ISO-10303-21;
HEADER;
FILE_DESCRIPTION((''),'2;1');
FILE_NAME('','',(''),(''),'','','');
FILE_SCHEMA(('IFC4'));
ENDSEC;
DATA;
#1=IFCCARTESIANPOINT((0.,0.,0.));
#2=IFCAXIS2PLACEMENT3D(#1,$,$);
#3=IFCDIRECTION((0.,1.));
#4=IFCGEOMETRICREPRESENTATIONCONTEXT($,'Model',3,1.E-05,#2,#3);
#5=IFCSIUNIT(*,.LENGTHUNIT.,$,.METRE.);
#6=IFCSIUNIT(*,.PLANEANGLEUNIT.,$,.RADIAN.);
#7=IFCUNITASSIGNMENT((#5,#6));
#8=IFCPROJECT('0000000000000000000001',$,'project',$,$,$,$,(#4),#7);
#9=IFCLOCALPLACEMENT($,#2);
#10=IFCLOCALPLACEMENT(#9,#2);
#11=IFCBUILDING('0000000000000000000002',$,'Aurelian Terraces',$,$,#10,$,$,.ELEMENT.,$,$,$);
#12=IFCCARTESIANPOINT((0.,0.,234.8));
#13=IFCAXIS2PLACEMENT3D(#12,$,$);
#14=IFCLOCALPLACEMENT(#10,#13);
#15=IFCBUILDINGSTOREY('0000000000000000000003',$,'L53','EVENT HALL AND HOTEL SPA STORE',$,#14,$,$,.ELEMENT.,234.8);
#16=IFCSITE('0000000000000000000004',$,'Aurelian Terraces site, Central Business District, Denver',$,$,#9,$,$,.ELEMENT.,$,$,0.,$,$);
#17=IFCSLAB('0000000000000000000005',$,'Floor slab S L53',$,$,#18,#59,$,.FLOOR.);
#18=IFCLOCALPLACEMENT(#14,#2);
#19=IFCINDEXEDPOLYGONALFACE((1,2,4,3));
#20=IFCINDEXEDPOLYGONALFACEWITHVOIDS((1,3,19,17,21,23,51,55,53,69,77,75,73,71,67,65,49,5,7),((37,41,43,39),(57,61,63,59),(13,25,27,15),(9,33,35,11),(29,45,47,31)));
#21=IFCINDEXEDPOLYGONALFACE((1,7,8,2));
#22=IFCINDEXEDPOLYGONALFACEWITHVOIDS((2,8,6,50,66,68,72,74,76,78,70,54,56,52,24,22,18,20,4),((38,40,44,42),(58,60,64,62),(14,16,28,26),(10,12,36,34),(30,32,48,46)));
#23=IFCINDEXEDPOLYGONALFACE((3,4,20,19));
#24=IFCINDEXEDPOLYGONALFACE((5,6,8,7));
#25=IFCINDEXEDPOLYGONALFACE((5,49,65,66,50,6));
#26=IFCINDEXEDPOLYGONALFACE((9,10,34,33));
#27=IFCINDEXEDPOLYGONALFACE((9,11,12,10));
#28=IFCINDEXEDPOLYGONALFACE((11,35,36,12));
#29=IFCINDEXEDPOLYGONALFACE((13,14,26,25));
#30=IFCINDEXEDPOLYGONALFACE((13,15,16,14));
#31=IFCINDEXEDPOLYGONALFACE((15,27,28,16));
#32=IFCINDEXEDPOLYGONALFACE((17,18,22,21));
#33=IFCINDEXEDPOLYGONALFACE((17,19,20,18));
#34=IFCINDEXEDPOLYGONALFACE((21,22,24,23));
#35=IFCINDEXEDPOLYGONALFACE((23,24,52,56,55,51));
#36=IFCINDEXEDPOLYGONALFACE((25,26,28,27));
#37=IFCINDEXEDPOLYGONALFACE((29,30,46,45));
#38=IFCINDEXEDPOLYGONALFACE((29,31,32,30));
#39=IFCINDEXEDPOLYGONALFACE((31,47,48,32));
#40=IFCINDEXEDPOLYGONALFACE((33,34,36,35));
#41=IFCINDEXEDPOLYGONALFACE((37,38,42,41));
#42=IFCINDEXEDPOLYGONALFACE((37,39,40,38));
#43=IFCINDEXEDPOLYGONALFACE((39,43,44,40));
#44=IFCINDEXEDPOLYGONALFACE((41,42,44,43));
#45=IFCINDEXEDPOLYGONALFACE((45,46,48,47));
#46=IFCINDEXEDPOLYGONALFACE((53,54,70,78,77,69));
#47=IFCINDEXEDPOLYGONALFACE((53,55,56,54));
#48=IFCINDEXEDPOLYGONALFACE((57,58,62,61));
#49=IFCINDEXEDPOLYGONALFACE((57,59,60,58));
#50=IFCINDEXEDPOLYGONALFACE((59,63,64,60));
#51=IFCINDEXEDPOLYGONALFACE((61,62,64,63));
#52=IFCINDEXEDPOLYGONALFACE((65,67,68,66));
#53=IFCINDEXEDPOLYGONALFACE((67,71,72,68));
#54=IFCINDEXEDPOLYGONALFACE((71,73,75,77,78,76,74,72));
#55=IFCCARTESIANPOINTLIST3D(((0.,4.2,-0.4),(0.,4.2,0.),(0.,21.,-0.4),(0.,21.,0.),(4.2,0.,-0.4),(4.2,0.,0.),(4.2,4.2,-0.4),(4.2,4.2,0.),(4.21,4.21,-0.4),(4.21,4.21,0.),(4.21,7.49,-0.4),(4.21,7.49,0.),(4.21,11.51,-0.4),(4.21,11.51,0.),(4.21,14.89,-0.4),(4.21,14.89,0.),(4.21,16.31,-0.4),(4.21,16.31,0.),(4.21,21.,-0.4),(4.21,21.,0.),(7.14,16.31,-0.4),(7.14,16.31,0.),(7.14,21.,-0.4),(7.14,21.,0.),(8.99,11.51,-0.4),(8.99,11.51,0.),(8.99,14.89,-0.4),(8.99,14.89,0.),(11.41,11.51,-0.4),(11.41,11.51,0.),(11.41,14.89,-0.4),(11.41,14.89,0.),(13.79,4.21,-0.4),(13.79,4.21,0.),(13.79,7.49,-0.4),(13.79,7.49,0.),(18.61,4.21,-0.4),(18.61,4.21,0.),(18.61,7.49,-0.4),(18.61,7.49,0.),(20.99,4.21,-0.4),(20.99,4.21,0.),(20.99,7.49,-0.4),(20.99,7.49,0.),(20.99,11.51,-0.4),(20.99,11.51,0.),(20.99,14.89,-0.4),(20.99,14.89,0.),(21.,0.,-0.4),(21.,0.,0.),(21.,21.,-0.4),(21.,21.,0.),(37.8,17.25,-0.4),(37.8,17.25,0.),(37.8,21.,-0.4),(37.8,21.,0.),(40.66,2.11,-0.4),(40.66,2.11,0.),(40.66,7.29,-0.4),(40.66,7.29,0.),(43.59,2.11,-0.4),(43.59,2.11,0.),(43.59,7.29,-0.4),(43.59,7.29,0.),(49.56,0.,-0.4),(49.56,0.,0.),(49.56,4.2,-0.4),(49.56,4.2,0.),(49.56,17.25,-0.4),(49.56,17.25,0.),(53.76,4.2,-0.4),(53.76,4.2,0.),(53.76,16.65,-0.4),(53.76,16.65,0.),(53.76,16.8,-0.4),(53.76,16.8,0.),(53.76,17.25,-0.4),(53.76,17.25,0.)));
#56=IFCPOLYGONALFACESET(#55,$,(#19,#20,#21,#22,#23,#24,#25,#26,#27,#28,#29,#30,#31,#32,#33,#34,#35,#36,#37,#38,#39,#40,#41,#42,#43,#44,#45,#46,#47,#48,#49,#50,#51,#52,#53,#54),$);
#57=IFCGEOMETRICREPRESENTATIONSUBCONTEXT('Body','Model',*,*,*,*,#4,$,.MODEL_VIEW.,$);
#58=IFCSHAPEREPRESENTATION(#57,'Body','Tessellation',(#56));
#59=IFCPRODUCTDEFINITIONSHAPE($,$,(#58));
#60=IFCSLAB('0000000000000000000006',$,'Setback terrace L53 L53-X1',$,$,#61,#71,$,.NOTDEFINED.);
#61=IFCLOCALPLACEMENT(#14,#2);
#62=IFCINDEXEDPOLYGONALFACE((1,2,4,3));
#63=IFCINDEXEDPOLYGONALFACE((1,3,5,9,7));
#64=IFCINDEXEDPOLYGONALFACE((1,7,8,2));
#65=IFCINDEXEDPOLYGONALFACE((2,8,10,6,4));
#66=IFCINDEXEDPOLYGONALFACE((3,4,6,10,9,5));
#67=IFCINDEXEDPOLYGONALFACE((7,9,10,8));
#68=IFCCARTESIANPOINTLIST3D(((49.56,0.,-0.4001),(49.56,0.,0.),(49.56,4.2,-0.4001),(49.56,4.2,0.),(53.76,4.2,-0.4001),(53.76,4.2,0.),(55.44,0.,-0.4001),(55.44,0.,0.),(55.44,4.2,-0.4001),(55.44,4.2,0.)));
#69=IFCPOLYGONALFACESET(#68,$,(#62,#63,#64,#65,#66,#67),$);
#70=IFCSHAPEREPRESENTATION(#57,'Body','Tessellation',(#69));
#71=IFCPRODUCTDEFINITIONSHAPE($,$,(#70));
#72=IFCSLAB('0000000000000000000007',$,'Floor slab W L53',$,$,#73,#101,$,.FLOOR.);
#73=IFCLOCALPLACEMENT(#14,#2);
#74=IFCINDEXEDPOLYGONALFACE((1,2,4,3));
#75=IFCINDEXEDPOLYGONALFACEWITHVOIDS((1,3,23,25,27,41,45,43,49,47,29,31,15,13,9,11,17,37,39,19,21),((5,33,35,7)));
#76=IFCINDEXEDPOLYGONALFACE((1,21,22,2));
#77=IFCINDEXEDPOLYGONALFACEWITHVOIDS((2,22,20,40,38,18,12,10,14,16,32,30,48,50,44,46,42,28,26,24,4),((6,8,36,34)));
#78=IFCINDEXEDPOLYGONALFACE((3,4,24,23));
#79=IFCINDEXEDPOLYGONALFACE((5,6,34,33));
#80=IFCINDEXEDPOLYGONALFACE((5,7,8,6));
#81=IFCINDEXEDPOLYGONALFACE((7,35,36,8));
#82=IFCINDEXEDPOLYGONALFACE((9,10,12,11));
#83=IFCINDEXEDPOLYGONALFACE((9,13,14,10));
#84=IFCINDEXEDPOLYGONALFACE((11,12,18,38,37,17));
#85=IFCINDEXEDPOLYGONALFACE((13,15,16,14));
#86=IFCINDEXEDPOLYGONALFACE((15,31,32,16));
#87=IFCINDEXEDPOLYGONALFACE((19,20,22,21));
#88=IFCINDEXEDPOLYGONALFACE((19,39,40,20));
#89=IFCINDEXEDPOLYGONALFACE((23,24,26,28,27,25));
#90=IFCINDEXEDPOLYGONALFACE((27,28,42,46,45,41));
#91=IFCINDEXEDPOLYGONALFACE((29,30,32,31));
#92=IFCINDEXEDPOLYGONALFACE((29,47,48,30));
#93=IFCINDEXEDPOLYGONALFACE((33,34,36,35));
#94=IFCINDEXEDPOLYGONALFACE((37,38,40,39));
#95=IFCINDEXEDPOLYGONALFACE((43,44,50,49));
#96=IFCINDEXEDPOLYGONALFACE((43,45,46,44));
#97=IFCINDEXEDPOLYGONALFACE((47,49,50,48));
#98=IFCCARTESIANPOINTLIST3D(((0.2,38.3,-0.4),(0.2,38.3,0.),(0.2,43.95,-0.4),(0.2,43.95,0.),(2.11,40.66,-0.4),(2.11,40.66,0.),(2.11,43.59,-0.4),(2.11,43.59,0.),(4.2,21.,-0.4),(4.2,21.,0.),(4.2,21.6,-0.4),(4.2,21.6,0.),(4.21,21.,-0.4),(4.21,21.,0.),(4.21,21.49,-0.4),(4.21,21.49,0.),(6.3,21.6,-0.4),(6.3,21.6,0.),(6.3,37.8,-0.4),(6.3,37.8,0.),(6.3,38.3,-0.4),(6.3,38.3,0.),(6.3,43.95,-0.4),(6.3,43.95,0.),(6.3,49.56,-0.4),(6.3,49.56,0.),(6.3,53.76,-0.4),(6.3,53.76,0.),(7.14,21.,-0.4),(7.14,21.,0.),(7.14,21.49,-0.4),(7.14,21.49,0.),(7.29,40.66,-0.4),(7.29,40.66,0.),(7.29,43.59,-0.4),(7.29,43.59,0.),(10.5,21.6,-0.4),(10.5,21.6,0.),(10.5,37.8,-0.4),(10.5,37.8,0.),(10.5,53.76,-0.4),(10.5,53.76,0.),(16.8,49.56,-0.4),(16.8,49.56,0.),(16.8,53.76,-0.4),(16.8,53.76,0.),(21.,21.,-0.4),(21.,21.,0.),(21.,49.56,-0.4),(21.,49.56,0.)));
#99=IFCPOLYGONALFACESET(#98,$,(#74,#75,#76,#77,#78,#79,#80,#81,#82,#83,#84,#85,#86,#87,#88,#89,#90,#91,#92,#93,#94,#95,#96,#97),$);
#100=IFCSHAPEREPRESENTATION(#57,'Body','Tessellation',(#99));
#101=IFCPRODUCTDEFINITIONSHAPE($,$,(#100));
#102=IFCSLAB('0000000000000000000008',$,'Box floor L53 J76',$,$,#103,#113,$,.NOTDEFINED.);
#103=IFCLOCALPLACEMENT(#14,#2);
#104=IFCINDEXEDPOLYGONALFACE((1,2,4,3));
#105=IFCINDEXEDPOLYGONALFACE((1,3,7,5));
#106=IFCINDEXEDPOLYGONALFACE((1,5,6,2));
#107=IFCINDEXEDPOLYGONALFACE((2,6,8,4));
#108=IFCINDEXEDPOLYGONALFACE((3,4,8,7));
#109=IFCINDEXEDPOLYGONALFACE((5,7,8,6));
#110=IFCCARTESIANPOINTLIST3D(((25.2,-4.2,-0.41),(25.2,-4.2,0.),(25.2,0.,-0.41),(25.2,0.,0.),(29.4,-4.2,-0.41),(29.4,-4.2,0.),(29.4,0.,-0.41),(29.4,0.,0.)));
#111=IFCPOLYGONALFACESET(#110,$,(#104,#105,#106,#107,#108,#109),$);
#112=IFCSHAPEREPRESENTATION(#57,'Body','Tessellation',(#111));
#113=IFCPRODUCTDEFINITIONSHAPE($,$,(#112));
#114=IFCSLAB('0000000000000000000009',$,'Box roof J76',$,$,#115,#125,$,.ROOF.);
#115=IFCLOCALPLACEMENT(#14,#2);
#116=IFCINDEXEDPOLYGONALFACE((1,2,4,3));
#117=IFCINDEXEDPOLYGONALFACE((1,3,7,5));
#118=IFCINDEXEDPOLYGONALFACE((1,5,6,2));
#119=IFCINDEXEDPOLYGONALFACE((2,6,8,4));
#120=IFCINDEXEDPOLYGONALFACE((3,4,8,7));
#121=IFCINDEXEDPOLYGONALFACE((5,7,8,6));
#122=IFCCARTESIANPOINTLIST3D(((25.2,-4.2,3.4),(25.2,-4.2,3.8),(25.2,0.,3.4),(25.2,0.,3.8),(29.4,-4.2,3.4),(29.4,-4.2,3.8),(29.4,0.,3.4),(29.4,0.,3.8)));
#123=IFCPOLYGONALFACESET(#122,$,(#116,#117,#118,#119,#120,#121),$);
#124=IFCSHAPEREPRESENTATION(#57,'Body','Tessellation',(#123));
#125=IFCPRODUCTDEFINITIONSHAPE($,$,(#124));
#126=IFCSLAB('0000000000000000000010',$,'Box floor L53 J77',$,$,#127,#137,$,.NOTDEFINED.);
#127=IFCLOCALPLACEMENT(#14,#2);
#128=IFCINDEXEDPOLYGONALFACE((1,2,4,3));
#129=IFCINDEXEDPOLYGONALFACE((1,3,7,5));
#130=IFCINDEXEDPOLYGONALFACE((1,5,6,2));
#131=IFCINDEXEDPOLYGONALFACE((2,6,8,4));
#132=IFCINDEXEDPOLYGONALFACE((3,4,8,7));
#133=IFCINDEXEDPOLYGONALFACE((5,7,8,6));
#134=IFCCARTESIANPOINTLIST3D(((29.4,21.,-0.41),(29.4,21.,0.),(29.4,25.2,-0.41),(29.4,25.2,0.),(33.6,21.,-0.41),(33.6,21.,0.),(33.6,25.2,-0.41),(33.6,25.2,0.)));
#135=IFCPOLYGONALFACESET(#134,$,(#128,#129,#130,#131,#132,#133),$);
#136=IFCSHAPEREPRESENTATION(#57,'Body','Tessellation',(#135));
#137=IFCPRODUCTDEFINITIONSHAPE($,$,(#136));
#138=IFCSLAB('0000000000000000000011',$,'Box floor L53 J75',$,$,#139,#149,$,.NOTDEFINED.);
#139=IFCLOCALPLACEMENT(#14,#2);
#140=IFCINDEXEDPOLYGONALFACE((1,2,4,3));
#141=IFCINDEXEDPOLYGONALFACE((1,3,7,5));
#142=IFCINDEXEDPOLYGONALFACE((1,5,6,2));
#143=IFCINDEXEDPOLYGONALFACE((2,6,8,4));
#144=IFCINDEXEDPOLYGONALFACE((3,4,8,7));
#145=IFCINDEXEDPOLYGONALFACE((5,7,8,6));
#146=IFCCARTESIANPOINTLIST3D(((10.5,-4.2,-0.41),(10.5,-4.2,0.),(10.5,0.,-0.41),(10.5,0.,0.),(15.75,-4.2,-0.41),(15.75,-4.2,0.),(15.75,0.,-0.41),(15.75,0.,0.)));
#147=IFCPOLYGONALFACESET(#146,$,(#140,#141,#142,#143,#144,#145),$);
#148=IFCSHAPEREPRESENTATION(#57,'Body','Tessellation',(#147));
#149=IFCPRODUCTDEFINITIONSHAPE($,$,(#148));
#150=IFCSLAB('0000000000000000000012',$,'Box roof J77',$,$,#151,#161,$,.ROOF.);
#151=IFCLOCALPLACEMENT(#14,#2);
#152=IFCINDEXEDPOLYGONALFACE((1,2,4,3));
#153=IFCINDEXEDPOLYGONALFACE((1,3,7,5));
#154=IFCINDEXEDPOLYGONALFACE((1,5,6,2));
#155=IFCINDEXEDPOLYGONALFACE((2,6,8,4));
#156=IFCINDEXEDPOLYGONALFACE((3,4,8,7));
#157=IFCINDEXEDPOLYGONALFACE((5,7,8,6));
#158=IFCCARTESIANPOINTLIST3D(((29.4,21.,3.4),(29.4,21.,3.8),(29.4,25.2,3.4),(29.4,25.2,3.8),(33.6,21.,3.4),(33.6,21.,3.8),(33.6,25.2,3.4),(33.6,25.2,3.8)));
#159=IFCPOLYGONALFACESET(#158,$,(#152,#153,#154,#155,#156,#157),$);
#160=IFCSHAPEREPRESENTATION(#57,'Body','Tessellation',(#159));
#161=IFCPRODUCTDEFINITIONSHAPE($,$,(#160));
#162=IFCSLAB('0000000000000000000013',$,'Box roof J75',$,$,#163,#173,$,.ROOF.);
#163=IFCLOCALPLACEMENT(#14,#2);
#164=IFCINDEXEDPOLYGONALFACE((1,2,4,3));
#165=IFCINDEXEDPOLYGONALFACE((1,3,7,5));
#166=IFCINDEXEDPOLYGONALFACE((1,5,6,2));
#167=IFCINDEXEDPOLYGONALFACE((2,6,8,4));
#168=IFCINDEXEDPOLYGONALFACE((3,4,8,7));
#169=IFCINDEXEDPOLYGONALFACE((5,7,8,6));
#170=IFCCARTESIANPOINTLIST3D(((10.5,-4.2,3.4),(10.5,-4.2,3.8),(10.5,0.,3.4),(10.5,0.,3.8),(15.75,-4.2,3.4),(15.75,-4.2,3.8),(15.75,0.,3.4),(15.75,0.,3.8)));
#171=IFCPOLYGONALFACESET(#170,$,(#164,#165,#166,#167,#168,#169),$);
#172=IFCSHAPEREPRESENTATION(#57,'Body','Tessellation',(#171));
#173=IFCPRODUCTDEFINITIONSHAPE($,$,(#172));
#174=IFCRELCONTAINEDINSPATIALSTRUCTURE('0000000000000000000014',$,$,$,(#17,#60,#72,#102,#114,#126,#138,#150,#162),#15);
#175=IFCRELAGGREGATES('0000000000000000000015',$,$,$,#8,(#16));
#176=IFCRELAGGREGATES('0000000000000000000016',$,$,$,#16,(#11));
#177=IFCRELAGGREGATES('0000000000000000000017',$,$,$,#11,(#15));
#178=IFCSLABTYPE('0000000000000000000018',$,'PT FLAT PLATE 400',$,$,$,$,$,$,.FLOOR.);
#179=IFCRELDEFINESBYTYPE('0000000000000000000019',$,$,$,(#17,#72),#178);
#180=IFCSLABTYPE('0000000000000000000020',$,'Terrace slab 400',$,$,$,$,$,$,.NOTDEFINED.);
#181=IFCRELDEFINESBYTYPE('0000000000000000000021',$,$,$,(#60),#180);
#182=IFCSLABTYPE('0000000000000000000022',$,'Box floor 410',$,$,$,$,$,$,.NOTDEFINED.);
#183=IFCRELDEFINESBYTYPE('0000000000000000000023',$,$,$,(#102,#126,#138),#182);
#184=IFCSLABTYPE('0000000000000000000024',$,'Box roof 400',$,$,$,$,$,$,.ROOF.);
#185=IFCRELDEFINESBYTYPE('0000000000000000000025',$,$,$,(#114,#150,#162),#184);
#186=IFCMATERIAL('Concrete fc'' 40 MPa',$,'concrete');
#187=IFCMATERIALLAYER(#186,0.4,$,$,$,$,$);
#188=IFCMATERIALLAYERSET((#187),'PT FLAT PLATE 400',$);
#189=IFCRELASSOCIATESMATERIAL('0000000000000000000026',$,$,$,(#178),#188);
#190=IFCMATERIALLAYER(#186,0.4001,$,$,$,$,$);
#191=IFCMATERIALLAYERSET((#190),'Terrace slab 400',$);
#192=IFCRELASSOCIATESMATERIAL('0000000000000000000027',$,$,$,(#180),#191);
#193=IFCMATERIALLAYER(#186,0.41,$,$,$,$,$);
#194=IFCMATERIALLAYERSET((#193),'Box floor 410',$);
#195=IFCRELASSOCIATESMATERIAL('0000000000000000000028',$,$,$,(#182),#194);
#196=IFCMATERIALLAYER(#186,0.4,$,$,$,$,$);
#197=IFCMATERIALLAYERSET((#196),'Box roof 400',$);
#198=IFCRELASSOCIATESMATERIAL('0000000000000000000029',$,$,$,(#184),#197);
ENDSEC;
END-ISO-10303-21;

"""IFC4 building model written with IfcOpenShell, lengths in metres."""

from ifc_helpers import new_model, si_unit, direction, frame, origin, place, context, subcontext, project, spatial, polyline, outline, extrude, source, transform, mapped, material, layer, layer_set, type_object, element, save


model = new_model("IFC4")

# Units and contexts
model_context = context("Model", 3, precision=1e-05, world=origin(), true_north=direction((0.0, 1.0)))
body_context = subcontext(model_context, "Body", "Model", "MODEL_VIEW")
ifc_project = project(units=[si_unit("LENGTHUNIT", "METRE"), si_unit("PLANEANGLEUNIT", "RADIAN")], contexts=[model_context])

# Site, building, storey
site_placement = place(None, origin())
site = spatial("IfcSite", under=ifc_project, at=site_placement, Name="Aurelian Terraces site, Central Business District, Denver", CompositionType="ELEMENT", RefElevation=0.0)
building_placement = place(site_placement, origin())
building = spatial("IfcBuilding", under=site, at=building_placement, Name="Aurelian Terraces", CompositionType="ELEMENT")
storey_placement = place(building_placement, frame((0.0, 0.0, 234.8)))
storey = spatial("IfcBuildingStorey", under=building, at=storey_placement, Name="L53", Description="EVENT HALL AND HOTEL SPA STORE", CompositionType="ELEMENT", Elevation=234.8)

# Slabs
ifc_material_1 = material(Name="Concrete fc' 40 MPa", Category="concrete")
ifc_layer_1 = layer(ifc_material_1, 0.4)
ifc_layer_set_1 = layer_set([ifc_layer_1], Name="PT FLAT PLATE 400")
slab_type_1 = type_object("IfcSlabType", Name="PT FLAT PLATE 400", PredefinedType="FLOOR", material=ifc_layer_set_1)
slab_1_placement = place(storey_placement, frame((0.0, 0.0, -0.4)))
element("IfcSlab", 1, at=slab_1_placement, inside=storey, type_object=slab_type_1, Name="Floor slab S L53", PredefinedType="FLOOR", context=body_context, shape_type="SweptSolid", body=[
    extrude(outline(polyline([(53.76, 4.2), (49.56, 4.2), (49.56, 0.0), (21.0, 0.0), (4.2, 0.0), (4.2, 4.2), (0.0, 4.2), (0.0, 21.0), (4.21, 21.0), (4.21, 16.31), (7.14, 16.31), (7.14, 21.0), (21.0, 21.0), (37.8, 21.0), (37.8, 17.25), (49.56, 17.25), (53.76, 17.25), (53.76, 16.8), (53.76, 16.65), (53.76, 4.2)]), holes=[polyline([(40.66, 2.11), (43.59, 2.11), (43.59, 7.29), (40.66, 7.29), (40.66, 2.11)]), polyline([(18.61, 7.49), (18.61, 4.21), (20.99, 4.21), (20.99, 7.49), (18.61, 7.49)]), polyline([(20.99, 14.89), (11.41, 14.89), (11.41, 11.51), (20.99, 11.51), (20.99, 14.89)]), polyline([(4.21, 7.49), (4.21, 4.21), (13.79, 4.21), (13.79, 7.49), (4.21, 7.49)]), polyline([(4.21, 14.89), (4.21, 11.51), (8.99, 11.51), (8.99, 14.89), (4.21, 14.89)])]), origin(), (0.0, 0.0, 1.0), 0.4),
])
ifc_layer_2 = layer(ifc_material_1, 0.4001)
ifc_layer_set_2 = layer_set([ifc_layer_2], Name="Terrace slab 400")
slab_type_2 = type_object("IfcSlabType", Name="Terrace slab 400", PredefinedType="NOTDEFINED", material=ifc_layer_set_2)
slab_2_placement = place(storey_placement, frame((0.0, 0.0, -0.4001)))
element("IfcSlab", 2, at=slab_2_placement, inside=storey, type_object=slab_type_2, Name="Setback terrace L53 L53-X1", PredefinedType="NOTDEFINED", context=body_context, shape_type="SweptSolid", body=[
    extrude(outline(polyline([(53.76, 4.2), (55.44, 4.2), (55.44, 0.0), (49.56, 0.0), (49.56, 4.2), (53.76, 4.2), (53.76, 4.2)])), origin(), (0.0, 0.0, 1.0), 0.4001),
])
shared_shape_1 = source(origin(), body_context, "Body", "SweptSolid", [
    extrude(outline(polyline([(6.3, 43.95), (6.3, 49.56), (6.3, 53.76), (10.5, 53.76), (16.8, 53.76), (16.8, 49.56), (21.0, 49.56), (21.0, 21.0), (7.14, 21.0), (7.14, 21.49), (4.21, 21.49), (4.21, 21.0), (4.2, 21.0), (4.2, 21.6), (6.3, 21.6), (10.5, 21.6), (10.5, 37.8), (6.3, 37.8), (6.3, 38.3), (0.2, 38.3), (0.2, 43.95), (6.3, 43.95)]), holes=[polyline([(7.29, 43.59), (2.11, 43.59), (2.11, 40.66), (7.29, 40.66), (7.29, 43.59)])]), origin(), (0.0, 0.0, 1.0), 0.4),
])
slab_3_placement = place(storey_placement, frame((0.0, 0.0, -0.4)))
element("IfcSlab", 3, at=slab_3_placement, inside=storey, type_object=slab_type_1, Name="Floor slab W L53", PredefinedType="FLOOR", context=body_context, shape_type="MappedRepresentation", body=[
    mapped(shared_shape_1, transform((0.0, 0.0, 0.0), scale=1.0)),
])
ifc_layer_3 = layer(ifc_material_1, 0.41)
ifc_layer_set_3 = layer_set([ifc_layer_3], Name="Box floor 410")
slab_type_3 = type_object("IfcSlabType", Name="Box floor 410", PredefinedType="NOTDEFINED", material=ifc_layer_set_3)
shared_shape_2 = source(origin(), body_context, "Body", "SweptSolid", [
    extrude(outline(polyline([(25.2, -4.2), (29.4, -4.2), (29.4, 0.0), (25.2, 0.0), (25.2, -4.2)])), origin(), (0.0, 0.0, 1.0), 0.41),
])
slab_4_placement = place(storey_placement, frame((0.0, 0.0, -0.41)))
element("IfcSlab", 4, at=slab_4_placement, inside=storey, type_object=slab_type_3, Name="Box floor L53 J76", PredefinedType="NOTDEFINED", context=body_context, shape_type="MappedRepresentation", body=[
    mapped(shared_shape_2, transform((0.0, 0.0, 0.0), scale=1.0)),
])
ifc_layer_4 = layer(ifc_material_1, 0.4)
ifc_layer_set_4 = layer_set([ifc_layer_4], Name="Box roof 400")
slab_type_4 = type_object("IfcSlabType", Name="Box roof 400", PredefinedType="ROOF", material=ifc_layer_set_4)
shared_shape_3 = source(origin(), body_context, "Body", "SweptSolid", [
    extrude(outline(polyline([(25.2, -4.2), (29.4, -4.2), (29.4, 0.0), (25.2, 0.0), (25.2, -4.2)])), origin(), (0.0, 0.0, 1.0), 0.4),
])
slab_5_placement = place(storey_placement, frame((0.0, 0.0, 3.4)))
element("IfcSlab", 5, at=slab_5_placement, inside=storey, type_object=slab_type_4, Name="Box roof J76", PredefinedType="ROOF", context=body_context, shape_type="MappedRepresentation", body=[
    mapped(shared_shape_3, transform((0.0, 0.0, 0.0), scale=1.0)),
])
shared_shape_4 = source(origin(), body_context, "Body", "SweptSolid", [
    extrude(outline(polyline([(33.6, 25.2), (29.4, 25.2), (29.4, 21.0), (33.6, 21.0), (33.6, 25.2)])), origin(), (0.0, 0.0, 1.0), 0.41),
])
slab_6_placement = place(storey_placement, frame((0.0, 0.0, -0.41)))
element("IfcSlab", 6, at=slab_6_placement, inside=storey, type_object=slab_type_3, Name="Box floor L53 J77", PredefinedType="NOTDEFINED", context=body_context, shape_type="MappedRepresentation", body=[
    mapped(shared_shape_4, transform((0.0, 0.0, 0.0), scale=1.0)),
])
shared_shape_5 = source(origin(), body_context, "Body", "SweptSolid", [
    extrude(outline(polyline([(10.5, -4.2), (15.75, -4.2), (15.75, 0.0), (10.5, 0.0), (10.5, -4.2)])), origin(), (0.0, 0.0, 1.0), 0.41),
])
slab_7_placement = place(storey_placement, frame((0.0, 0.0, -0.41)))
element("IfcSlab", 7, at=slab_7_placement, inside=storey, type_object=slab_type_3, Name="Box floor L53 J75", PredefinedType="NOTDEFINED", context=body_context, shape_type="MappedRepresentation", body=[
    mapped(shared_shape_5, transform((0.0, 0.0, 0.0), scale=1.0)),
])
shared_shape_6 = source(origin(), body_context, "Body", "SweptSolid", [
    extrude(outline(polyline([(33.6, 25.2), (29.4, 25.2), (29.4, 21.0), (33.6, 21.0), (33.6, 25.2)])), origin(), (0.0, 0.0, 1.0), 0.4),
])
slab_8_placement = place(storey_placement, frame((0.0, 0.0, 3.4)))
element("IfcSlab", 8, at=slab_8_placement, inside=storey, type_object=slab_type_4, Name="Box roof J77", PredefinedType="ROOF", context=body_context, shape_type="MappedRepresentation", body=[
    mapped(shared_shape_6, transform((0.0, 0.0, 0.0), scale=1.0)),
])
shared_shape_7 = source(origin(), body_context, "Body", "SweptSolid", [
    extrude(outline(polyline([(10.5, -4.2), (15.75, -4.2), (15.75, 0.0), (10.5, 0.0), (10.5, -4.2)])), origin(), (0.0, 0.0, 1.0), 0.4),
])
slab_9_placement = place(storey_placement, frame((0.0, 0.0, 3.4)))
element("IfcSlab", 9, at=slab_9_placement, inside=storey, type_object=slab_type_4, Name="Box roof J75", PredefinedType="ROOF", context=body_context, shape_type="MappedRepresentation", body=[
    mapped(shared_shape_7, transform((0.0, 0.0, 0.0), scale=1.0)),
])

save(model, "model.ifc")
